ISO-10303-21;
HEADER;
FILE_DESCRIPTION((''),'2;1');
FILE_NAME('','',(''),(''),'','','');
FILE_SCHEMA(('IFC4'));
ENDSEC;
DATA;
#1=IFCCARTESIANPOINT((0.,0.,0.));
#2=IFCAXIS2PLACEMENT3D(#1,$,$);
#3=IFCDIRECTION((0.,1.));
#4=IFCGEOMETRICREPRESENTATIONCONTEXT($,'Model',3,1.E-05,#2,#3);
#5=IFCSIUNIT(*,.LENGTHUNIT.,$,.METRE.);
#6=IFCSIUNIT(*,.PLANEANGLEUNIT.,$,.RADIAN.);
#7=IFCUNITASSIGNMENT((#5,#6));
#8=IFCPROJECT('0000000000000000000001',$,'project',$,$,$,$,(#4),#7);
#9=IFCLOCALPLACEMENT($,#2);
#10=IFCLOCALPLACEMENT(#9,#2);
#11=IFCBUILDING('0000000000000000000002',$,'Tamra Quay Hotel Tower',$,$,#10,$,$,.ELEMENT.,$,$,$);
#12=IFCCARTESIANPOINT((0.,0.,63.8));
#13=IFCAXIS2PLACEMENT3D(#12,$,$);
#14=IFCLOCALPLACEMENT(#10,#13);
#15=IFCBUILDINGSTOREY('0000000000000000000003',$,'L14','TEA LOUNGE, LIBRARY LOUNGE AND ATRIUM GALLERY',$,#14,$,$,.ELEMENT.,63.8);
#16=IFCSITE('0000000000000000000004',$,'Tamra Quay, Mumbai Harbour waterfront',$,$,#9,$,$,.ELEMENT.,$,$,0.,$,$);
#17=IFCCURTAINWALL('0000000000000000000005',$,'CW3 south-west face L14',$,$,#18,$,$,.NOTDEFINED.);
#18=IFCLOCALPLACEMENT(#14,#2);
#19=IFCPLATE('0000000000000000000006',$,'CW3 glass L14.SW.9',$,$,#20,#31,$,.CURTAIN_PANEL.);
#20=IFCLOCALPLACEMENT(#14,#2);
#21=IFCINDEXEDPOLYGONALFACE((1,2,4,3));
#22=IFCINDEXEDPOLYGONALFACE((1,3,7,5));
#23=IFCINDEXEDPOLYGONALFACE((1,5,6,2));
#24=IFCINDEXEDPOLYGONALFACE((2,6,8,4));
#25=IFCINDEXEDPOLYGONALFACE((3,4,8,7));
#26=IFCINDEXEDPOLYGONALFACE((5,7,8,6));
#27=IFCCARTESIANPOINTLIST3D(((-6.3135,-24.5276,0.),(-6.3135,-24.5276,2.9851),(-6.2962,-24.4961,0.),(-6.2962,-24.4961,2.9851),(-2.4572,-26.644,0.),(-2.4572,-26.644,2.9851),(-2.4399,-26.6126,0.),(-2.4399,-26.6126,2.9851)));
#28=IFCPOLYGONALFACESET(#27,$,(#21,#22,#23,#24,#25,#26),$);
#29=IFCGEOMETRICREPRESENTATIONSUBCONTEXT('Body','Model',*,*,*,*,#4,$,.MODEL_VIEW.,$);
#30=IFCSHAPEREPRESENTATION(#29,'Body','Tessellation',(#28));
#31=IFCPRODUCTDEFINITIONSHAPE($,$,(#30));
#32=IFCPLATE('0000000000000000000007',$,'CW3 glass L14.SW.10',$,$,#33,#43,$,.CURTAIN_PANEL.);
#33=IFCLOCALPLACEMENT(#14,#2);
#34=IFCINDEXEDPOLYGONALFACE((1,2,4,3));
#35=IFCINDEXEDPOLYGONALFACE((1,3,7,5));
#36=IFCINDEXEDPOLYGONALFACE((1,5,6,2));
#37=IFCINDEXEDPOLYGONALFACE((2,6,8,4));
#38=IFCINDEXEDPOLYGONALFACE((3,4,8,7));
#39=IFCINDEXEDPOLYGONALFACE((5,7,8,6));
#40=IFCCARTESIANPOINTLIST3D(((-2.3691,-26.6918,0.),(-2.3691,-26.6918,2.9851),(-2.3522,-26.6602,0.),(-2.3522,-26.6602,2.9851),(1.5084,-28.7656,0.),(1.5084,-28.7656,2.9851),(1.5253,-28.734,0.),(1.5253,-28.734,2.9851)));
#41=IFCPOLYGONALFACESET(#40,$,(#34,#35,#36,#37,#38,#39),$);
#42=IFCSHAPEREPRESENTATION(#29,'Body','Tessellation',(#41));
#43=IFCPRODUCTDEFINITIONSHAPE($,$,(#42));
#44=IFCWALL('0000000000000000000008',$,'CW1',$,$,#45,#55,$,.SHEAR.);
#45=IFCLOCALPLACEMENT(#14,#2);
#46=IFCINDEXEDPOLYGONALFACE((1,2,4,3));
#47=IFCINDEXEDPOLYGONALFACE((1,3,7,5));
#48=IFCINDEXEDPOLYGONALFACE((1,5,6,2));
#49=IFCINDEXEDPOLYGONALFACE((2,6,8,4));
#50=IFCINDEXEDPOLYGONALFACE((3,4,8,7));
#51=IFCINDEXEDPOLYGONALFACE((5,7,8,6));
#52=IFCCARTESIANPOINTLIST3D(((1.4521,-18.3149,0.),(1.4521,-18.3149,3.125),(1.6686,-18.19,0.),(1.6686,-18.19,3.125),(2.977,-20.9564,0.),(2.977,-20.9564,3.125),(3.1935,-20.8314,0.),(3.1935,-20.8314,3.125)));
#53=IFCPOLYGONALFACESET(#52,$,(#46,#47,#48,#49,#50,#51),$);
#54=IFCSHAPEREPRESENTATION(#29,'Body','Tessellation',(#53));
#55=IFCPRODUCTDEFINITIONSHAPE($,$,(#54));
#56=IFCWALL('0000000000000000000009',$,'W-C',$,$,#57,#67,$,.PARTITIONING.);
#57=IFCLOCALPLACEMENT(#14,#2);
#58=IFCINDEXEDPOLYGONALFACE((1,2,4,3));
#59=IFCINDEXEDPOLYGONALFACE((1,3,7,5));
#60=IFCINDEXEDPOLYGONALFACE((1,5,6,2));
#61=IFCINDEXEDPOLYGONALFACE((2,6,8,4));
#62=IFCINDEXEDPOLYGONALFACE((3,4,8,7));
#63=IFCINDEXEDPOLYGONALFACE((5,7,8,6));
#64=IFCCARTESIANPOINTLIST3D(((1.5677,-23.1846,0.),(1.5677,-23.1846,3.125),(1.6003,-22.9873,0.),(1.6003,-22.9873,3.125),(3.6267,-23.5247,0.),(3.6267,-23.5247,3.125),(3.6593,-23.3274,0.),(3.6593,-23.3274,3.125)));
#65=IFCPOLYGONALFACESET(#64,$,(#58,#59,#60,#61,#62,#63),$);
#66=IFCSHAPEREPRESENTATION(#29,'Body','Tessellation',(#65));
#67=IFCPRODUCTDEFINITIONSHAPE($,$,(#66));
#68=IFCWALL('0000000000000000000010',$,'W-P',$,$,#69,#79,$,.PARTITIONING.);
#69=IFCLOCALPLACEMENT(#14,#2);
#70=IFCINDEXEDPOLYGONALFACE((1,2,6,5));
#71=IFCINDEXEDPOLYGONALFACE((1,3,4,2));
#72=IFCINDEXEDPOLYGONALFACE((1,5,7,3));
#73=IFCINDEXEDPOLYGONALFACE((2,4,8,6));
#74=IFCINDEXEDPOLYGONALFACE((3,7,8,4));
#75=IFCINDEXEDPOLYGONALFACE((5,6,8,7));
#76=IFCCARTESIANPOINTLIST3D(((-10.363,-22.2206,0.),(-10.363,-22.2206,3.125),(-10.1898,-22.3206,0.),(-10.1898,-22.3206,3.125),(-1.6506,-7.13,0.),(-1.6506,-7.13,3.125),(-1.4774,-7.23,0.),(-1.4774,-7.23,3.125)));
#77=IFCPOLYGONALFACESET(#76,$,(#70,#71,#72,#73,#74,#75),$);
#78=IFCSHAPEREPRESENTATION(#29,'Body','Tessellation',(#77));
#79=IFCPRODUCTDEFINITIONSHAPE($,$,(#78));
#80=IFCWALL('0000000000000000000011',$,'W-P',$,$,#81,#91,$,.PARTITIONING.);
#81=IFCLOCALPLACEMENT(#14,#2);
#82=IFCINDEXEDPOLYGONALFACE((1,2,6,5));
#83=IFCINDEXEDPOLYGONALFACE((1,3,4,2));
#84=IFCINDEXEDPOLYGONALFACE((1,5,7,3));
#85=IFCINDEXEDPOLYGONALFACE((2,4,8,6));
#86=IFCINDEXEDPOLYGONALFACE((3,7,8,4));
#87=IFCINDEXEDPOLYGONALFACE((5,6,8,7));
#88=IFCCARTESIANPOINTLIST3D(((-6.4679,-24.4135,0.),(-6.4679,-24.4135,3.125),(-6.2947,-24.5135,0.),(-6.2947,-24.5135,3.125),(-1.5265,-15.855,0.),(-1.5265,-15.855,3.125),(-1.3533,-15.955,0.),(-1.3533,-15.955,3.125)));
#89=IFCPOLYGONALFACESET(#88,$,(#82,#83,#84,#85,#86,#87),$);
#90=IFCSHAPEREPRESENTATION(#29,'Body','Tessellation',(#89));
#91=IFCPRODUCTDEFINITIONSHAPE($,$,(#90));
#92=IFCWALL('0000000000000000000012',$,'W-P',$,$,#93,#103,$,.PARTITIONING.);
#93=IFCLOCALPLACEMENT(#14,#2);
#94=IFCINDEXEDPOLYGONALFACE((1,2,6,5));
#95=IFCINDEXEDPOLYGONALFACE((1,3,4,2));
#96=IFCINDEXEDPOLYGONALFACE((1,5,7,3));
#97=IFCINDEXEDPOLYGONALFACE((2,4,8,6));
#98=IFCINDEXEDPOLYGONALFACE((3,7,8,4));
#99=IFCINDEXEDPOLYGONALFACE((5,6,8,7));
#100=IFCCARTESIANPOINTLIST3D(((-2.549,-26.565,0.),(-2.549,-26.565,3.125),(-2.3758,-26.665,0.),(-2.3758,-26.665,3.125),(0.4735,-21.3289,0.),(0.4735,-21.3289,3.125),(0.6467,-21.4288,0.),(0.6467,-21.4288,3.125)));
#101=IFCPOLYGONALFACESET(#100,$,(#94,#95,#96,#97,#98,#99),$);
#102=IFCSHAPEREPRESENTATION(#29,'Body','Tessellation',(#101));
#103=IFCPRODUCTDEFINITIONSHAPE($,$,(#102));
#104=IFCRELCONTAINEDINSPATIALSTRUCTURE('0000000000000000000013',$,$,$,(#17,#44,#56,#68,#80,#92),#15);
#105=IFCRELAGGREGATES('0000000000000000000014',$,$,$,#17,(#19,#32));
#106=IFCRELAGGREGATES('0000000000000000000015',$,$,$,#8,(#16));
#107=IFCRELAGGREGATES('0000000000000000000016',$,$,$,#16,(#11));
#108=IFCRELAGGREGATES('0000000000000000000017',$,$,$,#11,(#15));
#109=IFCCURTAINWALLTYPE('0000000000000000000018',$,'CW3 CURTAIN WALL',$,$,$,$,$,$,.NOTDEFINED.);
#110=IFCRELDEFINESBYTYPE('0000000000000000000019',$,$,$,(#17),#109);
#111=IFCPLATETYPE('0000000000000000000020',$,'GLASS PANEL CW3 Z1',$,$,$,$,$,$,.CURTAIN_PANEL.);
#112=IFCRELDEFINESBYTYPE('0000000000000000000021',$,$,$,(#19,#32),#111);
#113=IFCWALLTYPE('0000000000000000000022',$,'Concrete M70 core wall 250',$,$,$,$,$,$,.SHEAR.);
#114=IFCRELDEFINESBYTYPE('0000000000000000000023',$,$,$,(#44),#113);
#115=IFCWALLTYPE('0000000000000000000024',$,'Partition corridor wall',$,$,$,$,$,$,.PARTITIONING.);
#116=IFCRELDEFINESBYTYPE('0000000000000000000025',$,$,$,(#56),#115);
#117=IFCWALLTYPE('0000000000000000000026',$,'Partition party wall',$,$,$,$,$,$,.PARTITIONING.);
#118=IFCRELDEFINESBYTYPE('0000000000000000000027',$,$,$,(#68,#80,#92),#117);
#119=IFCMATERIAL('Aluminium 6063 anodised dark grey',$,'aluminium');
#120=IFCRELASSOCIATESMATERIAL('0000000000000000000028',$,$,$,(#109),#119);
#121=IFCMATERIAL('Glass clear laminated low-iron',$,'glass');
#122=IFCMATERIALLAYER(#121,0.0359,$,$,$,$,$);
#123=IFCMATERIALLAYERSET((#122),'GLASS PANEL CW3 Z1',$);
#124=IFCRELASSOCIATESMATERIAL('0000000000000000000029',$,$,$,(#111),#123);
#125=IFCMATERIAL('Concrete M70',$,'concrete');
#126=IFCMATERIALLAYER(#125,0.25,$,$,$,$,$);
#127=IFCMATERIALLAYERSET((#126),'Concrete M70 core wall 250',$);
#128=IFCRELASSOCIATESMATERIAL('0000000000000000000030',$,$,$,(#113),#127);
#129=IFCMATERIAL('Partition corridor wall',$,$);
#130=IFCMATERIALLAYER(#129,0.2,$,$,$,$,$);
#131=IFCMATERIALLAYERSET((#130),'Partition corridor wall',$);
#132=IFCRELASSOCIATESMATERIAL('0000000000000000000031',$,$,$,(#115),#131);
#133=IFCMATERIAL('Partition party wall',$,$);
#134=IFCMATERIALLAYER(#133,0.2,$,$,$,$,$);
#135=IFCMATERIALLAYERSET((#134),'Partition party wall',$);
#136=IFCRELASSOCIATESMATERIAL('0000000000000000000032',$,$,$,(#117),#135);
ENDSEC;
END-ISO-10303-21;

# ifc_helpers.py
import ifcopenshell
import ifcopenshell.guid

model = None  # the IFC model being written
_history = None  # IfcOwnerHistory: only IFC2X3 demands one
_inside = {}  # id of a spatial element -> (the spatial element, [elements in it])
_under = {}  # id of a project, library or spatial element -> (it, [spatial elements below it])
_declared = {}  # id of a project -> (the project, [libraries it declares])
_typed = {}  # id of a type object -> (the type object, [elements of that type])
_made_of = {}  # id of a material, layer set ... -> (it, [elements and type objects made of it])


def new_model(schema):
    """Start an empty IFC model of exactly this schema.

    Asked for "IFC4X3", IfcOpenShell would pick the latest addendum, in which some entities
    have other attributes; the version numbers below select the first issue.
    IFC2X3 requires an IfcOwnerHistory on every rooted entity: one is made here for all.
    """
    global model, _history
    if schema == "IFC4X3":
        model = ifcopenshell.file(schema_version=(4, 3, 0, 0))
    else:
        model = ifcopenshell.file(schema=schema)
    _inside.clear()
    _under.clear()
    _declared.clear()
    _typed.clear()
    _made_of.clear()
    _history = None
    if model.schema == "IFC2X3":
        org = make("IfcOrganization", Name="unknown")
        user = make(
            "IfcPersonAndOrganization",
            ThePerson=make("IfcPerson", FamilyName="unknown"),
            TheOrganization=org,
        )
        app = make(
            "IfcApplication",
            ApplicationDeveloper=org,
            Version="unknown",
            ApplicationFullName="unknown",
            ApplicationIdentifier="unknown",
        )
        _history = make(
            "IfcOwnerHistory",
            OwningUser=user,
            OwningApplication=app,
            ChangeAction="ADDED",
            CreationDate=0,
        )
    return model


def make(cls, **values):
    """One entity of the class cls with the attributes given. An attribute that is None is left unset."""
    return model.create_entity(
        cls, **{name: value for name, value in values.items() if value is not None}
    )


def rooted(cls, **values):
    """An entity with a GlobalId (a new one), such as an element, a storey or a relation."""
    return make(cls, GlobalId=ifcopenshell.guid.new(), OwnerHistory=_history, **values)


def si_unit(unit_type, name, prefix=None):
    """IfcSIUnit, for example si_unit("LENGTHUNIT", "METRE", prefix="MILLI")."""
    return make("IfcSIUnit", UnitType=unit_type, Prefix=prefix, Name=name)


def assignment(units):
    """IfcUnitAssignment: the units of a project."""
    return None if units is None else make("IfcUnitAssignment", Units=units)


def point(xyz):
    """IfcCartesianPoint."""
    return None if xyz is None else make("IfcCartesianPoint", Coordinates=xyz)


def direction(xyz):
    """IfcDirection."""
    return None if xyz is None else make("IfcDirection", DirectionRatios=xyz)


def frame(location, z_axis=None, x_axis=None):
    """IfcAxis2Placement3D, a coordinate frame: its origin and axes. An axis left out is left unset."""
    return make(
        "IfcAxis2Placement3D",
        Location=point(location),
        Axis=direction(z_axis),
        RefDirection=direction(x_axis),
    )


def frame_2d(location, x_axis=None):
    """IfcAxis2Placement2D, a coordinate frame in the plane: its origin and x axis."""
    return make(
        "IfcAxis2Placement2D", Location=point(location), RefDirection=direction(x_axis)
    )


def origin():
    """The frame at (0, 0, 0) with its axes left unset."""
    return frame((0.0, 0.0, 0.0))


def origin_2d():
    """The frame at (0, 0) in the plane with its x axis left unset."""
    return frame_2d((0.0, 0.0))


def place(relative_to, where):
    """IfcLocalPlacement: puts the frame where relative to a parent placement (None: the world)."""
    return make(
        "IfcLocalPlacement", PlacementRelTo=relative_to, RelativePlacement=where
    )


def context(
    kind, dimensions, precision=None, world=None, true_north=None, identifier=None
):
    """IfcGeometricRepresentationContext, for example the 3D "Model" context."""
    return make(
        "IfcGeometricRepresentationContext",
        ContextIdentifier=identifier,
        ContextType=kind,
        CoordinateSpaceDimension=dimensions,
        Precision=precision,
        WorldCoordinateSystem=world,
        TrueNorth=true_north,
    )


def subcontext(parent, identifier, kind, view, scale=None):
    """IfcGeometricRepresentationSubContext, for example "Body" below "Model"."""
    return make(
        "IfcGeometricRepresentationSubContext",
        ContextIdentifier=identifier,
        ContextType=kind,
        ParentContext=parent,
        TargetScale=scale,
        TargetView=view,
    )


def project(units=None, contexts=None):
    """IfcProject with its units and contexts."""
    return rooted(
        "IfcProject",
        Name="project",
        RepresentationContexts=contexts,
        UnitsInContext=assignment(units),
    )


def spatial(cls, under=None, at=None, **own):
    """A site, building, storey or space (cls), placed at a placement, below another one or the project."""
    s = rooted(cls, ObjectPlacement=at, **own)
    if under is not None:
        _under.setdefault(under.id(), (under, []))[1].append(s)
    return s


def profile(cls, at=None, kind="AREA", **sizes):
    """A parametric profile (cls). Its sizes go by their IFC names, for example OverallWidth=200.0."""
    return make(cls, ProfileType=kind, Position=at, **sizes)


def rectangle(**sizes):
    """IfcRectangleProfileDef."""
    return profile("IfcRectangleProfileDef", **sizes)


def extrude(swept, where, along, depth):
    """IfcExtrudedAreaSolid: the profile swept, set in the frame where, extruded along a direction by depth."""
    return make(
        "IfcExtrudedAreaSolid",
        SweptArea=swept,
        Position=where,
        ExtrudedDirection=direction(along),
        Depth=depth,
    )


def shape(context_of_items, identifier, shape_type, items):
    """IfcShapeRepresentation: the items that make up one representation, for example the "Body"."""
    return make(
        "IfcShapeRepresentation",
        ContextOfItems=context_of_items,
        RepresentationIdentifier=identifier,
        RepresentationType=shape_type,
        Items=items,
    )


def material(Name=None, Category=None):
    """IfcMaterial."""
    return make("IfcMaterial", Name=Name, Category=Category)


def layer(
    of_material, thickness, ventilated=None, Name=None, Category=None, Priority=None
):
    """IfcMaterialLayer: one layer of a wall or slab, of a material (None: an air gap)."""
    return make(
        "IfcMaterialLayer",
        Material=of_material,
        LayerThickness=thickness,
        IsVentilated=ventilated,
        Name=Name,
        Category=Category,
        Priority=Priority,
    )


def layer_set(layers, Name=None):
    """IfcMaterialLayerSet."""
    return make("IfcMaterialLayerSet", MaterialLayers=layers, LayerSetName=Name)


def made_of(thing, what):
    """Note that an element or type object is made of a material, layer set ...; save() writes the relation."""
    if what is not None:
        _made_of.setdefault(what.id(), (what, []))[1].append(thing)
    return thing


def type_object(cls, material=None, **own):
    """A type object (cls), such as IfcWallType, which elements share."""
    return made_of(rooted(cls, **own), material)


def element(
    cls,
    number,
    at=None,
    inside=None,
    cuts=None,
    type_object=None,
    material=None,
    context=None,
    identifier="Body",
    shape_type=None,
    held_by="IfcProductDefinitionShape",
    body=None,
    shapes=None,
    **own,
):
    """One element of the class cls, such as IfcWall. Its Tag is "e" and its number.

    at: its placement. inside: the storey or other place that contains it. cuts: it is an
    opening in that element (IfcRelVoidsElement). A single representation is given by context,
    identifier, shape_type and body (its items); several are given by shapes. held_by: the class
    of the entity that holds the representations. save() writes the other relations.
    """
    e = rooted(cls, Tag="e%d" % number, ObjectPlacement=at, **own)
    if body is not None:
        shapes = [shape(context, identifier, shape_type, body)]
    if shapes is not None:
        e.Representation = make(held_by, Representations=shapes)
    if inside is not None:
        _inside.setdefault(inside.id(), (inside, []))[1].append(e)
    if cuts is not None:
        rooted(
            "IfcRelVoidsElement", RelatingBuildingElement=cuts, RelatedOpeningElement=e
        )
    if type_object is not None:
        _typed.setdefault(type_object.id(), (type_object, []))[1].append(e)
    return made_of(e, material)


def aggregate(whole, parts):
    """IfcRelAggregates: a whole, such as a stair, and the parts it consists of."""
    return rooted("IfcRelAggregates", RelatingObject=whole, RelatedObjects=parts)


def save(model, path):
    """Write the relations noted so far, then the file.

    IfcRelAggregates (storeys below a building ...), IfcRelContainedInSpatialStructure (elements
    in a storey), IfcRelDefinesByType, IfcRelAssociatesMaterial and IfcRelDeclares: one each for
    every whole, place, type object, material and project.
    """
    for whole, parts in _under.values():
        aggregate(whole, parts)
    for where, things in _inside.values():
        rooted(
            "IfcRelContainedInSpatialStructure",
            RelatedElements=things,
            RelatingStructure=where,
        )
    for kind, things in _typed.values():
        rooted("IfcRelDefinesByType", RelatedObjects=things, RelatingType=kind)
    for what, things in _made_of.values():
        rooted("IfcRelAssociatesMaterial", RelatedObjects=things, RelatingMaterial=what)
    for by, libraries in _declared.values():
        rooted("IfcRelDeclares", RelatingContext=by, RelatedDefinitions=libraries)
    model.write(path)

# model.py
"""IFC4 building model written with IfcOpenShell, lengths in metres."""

from ifc_helpers import new_model, si_unit, direction, frame, frame_2d, origin, origin_2d, place, context, subcontext, project, spatial, rectangle, extrude, material, layer, layer_set, type_object, element, aggregate, save


model = new_model("IFC4")

# Units and contexts
model_context = context("Model", 3, precision=1e-05, world=origin(), true_north=direction((0.0, 1.0)))
body_context = subcontext(model_context, "Body", "Model", "MODEL_VIEW")
ifc_project = project(units=[si_unit("LENGTHUNIT", "METRE"), si_unit("PLANEANGLEUNIT", "RADIAN")], contexts=[model_context])

# Site, building, storey
site_placement = place(None, origin())
site = spatial("IfcSite", under=ifc_project, at=site_placement, Name="Tamra Quay, Mumbai Harbour waterfront", CompositionType="ELEMENT", RefElevation=0.0)
building_placement = place(site_placement, origin())
building = spatial("IfcBuilding", under=site, at=building_placement, Name="Tamra Quay Hotel Tower", CompositionType="ELEMENT")
storey_placement = place(building_placement, frame((0.0, 0.0, 63.8)))
storey = spatial("IfcBuildingStorey", under=building, at=storey_placement, Name="L14", Description="TEA LOUNGE, LIBRARY LOUNGE AND ATRIUM GALLERY", CompositionType="ELEMENT", Elevation=63.8)

# Shared definitions
ifc_material_1 = material(Name="Concrete M70", Category="concrete")

# Curtain wall
ifc_material_2 = material(Name="Aluminium 6063 anodised dark grey", Category="aluminium")
curtain_wall_type = type_object("IfcCurtainWallType", Name="CW3 CURTAIN WALL", PredefinedType="NOTDEFINED", material=ifc_material_2)
curtain_wall_placement = place(storey_placement, origin())
curtain_wall = element("IfcCurtainWall", 1, at=curtain_wall_placement, inside=storey, type_object=curtain_wall_type, Name="CW3 south-west face L14", PredefinedType="NOTDEFINED")

# Plates
ifc_material_3 = material(Name="Glass clear laminated low-iron", Category="glass")
ifc_layer_1 = layer(ifc_material_3, 0.0359)
ifc_layer_set_1 = layer_set([ifc_layer_1], Name="GLASS PANEL CW3 Z1")
plate_type = type_object("IfcPlateType", Name="GLASS PANEL CW3 Z1", PredefinedType="CURTAIN_PANEL", material=ifc_layer_set_1)
plate_1_placement = place(storey_placement, frame((-4.3767, -25.5701, 0.0), z_axis=(0.0, 0.0, 1.0), x_axis=(0.876651, -0.481127, 0.0)))
plate_1 = element("IfcPlate", 2, at=plate_1_placement, type_object=plate_type, Name="CW3 glass L14.SW.9", PredefinedType="CURTAIN_PANEL", context=body_context, shape_type="SweptSolid", body=[
    extrude(rectangle(XDim=4.3989, YDim=0.0359, at=origin_2d()), origin(), (0.0, 0.0, 1.0), 2.9851),
])
plate_2_placement = place(storey_placement, frame((-0.4219, -27.7129, 0.0), z_axis=(0.0, 0.0, 1.0), x_axis=(0.881806, -0.471612, 0.0)))
plate_2 = element("IfcPlate", 3, at=plate_2_placement, type_object=plate_type, Name="CW3 glass L14.SW.10", PredefinedType="CURTAIN_PANEL", context=body_context, shape_type="SweptSolid", body=[
    extrude(rectangle(XDim=4.3972, YDim=0.0359, at=origin_2d()), origin(), (0.0, 0.0, 1.0), 2.9851),
])
aggregate(curtain_wall, [plate_1, plate_2])

# Walls
ifc_layer_2 = layer(ifc_material_1, 0.25)
ifc_layer_set_2 = layer_set([ifc_layer_2], Name="Concrete M70 core wall 250")
wall_type_1 = type_object("IfcWallType", Name="Concrete M70 core wall 250", PredefinedType="SHEAR", material=ifc_layer_set_2)
wall_1_placement = place(storey_placement, frame((3.0852, -20.8938, 0.0), z_axis=(0.0, 0.0, 1.0), x_axis=(-0.499979, 0.866038, 0.0)))
element("IfcWall", 4, at=wall_1_placement, inside=storey, type_object=wall_type_1, Name="CW1", PredefinedType="SHEAR", context=body_context, shape_type="SweptSolid", body=[
    extrude(rectangle(XDim=3.05, YDim=0.25, at=frame_2d((1.5249, 0.0))), origin(), (0.0, 0.0, 1.0), 3.125),
])
ifc_material_4 = material(Name="Partition corridor wall")
ifc_layer_3 = layer(ifc_material_4, 0.2)
ifc_layer_set_3 = layer_set([ifc_layer_3], Name="Partition corridor wall")
wall_type_2 = type_object("IfcWallType", Name="Partition corridor wall", PredefinedType="PARTITIONING", material=ifc_layer_set_3)
wall_2_placement = place(storey_placement, frame((1.584, -23.0859, 0.0), z_axis=(0.0, 0.0, 1.0), x_axis=(0.986633, -0.162957, 0.0)))
element("IfcWall", 5, at=wall_2_placement, inside=storey, type_object=wall_type_2, Name="W-C", PredefinedType="PARTITIONING", context=body_context, shape_type="SweptSolid", body=[
    extrude(rectangle(XDim=2.0869, YDim=0.2, at=frame_2d((1.0435, 0.0))), origin(), (0.0, 0.0, 1.0), 3.125),
])
ifc_material_5 = material(Name="Partition party wall")
ifc_layer_4 = layer(ifc_material_5, 0.2)
ifc_layer_set_4 = layer_set([ifc_layer_4], Name="Partition party wall")
wall_type_3 = type_object("IfcWallType", Name="Partition party wall", PredefinedType="PARTITIONING", material=ifc_layer_set_4)
wall_3_placement = place(storey_placement, frame((-10.2764, -22.2705, 0.0), z_axis=(0.0, 0.0, 1.0), x_axis=(0.499994, 0.866029, 0.0)))
element("IfcWall", 6, at=wall_3_placement, inside=storey, type_object=wall_type_3, Name="W-P", PredefinedType="PARTITIONING", context=body_context, shape_type="SweptSolid", body=[
    extrude(rectangle(XDim=17.425, YDim=0.2, at=frame_2d((8.7124, 0.0))), origin(), (0.0, 0.0, 1.0), 3.125),
])
wall_4_placement = place(storey_placement, frame((-6.3813, -24.4636, 0.0), z_axis=(0.0, 0.0, 1.0), x_axis=(0.500008, 0.866021, 0.0)))
element("IfcWall", 7, at=wall_4_placement, inside=storey, type_object=wall_type_3, Name="W-P", PredefinedType="PARTITIONING", context=body_context, shape_type="SweptSolid", body=[
    extrude(rectangle(XDim=9.8826, YDim=0.2, at=frame_2d((4.9414, 0.0))), origin(), (0.0, 0.0, 1.0), 3.125),
])
wall_5_placement = place(storey_placement, frame((-2.4624, -26.615, 0.0), z_axis=(0.0, 0.0, 1.0), x_axis=(0.499926, 0.866068, 0.0)))
element("IfcWall", 8, at=wall_5_placement, inside=storey, type_object=wall_type_3, Name="W-P", PredefinedType="PARTITIONING", context=body_context, shape_type="SweptSolid", body=[
    extrude(rectangle(XDim=6.0459, YDim=0.2, at=frame_2d((3.0229, 0.0))), origin(), (0.0, 0.0, 1.0), 3.125),
])

save(model, "model.ifc")
